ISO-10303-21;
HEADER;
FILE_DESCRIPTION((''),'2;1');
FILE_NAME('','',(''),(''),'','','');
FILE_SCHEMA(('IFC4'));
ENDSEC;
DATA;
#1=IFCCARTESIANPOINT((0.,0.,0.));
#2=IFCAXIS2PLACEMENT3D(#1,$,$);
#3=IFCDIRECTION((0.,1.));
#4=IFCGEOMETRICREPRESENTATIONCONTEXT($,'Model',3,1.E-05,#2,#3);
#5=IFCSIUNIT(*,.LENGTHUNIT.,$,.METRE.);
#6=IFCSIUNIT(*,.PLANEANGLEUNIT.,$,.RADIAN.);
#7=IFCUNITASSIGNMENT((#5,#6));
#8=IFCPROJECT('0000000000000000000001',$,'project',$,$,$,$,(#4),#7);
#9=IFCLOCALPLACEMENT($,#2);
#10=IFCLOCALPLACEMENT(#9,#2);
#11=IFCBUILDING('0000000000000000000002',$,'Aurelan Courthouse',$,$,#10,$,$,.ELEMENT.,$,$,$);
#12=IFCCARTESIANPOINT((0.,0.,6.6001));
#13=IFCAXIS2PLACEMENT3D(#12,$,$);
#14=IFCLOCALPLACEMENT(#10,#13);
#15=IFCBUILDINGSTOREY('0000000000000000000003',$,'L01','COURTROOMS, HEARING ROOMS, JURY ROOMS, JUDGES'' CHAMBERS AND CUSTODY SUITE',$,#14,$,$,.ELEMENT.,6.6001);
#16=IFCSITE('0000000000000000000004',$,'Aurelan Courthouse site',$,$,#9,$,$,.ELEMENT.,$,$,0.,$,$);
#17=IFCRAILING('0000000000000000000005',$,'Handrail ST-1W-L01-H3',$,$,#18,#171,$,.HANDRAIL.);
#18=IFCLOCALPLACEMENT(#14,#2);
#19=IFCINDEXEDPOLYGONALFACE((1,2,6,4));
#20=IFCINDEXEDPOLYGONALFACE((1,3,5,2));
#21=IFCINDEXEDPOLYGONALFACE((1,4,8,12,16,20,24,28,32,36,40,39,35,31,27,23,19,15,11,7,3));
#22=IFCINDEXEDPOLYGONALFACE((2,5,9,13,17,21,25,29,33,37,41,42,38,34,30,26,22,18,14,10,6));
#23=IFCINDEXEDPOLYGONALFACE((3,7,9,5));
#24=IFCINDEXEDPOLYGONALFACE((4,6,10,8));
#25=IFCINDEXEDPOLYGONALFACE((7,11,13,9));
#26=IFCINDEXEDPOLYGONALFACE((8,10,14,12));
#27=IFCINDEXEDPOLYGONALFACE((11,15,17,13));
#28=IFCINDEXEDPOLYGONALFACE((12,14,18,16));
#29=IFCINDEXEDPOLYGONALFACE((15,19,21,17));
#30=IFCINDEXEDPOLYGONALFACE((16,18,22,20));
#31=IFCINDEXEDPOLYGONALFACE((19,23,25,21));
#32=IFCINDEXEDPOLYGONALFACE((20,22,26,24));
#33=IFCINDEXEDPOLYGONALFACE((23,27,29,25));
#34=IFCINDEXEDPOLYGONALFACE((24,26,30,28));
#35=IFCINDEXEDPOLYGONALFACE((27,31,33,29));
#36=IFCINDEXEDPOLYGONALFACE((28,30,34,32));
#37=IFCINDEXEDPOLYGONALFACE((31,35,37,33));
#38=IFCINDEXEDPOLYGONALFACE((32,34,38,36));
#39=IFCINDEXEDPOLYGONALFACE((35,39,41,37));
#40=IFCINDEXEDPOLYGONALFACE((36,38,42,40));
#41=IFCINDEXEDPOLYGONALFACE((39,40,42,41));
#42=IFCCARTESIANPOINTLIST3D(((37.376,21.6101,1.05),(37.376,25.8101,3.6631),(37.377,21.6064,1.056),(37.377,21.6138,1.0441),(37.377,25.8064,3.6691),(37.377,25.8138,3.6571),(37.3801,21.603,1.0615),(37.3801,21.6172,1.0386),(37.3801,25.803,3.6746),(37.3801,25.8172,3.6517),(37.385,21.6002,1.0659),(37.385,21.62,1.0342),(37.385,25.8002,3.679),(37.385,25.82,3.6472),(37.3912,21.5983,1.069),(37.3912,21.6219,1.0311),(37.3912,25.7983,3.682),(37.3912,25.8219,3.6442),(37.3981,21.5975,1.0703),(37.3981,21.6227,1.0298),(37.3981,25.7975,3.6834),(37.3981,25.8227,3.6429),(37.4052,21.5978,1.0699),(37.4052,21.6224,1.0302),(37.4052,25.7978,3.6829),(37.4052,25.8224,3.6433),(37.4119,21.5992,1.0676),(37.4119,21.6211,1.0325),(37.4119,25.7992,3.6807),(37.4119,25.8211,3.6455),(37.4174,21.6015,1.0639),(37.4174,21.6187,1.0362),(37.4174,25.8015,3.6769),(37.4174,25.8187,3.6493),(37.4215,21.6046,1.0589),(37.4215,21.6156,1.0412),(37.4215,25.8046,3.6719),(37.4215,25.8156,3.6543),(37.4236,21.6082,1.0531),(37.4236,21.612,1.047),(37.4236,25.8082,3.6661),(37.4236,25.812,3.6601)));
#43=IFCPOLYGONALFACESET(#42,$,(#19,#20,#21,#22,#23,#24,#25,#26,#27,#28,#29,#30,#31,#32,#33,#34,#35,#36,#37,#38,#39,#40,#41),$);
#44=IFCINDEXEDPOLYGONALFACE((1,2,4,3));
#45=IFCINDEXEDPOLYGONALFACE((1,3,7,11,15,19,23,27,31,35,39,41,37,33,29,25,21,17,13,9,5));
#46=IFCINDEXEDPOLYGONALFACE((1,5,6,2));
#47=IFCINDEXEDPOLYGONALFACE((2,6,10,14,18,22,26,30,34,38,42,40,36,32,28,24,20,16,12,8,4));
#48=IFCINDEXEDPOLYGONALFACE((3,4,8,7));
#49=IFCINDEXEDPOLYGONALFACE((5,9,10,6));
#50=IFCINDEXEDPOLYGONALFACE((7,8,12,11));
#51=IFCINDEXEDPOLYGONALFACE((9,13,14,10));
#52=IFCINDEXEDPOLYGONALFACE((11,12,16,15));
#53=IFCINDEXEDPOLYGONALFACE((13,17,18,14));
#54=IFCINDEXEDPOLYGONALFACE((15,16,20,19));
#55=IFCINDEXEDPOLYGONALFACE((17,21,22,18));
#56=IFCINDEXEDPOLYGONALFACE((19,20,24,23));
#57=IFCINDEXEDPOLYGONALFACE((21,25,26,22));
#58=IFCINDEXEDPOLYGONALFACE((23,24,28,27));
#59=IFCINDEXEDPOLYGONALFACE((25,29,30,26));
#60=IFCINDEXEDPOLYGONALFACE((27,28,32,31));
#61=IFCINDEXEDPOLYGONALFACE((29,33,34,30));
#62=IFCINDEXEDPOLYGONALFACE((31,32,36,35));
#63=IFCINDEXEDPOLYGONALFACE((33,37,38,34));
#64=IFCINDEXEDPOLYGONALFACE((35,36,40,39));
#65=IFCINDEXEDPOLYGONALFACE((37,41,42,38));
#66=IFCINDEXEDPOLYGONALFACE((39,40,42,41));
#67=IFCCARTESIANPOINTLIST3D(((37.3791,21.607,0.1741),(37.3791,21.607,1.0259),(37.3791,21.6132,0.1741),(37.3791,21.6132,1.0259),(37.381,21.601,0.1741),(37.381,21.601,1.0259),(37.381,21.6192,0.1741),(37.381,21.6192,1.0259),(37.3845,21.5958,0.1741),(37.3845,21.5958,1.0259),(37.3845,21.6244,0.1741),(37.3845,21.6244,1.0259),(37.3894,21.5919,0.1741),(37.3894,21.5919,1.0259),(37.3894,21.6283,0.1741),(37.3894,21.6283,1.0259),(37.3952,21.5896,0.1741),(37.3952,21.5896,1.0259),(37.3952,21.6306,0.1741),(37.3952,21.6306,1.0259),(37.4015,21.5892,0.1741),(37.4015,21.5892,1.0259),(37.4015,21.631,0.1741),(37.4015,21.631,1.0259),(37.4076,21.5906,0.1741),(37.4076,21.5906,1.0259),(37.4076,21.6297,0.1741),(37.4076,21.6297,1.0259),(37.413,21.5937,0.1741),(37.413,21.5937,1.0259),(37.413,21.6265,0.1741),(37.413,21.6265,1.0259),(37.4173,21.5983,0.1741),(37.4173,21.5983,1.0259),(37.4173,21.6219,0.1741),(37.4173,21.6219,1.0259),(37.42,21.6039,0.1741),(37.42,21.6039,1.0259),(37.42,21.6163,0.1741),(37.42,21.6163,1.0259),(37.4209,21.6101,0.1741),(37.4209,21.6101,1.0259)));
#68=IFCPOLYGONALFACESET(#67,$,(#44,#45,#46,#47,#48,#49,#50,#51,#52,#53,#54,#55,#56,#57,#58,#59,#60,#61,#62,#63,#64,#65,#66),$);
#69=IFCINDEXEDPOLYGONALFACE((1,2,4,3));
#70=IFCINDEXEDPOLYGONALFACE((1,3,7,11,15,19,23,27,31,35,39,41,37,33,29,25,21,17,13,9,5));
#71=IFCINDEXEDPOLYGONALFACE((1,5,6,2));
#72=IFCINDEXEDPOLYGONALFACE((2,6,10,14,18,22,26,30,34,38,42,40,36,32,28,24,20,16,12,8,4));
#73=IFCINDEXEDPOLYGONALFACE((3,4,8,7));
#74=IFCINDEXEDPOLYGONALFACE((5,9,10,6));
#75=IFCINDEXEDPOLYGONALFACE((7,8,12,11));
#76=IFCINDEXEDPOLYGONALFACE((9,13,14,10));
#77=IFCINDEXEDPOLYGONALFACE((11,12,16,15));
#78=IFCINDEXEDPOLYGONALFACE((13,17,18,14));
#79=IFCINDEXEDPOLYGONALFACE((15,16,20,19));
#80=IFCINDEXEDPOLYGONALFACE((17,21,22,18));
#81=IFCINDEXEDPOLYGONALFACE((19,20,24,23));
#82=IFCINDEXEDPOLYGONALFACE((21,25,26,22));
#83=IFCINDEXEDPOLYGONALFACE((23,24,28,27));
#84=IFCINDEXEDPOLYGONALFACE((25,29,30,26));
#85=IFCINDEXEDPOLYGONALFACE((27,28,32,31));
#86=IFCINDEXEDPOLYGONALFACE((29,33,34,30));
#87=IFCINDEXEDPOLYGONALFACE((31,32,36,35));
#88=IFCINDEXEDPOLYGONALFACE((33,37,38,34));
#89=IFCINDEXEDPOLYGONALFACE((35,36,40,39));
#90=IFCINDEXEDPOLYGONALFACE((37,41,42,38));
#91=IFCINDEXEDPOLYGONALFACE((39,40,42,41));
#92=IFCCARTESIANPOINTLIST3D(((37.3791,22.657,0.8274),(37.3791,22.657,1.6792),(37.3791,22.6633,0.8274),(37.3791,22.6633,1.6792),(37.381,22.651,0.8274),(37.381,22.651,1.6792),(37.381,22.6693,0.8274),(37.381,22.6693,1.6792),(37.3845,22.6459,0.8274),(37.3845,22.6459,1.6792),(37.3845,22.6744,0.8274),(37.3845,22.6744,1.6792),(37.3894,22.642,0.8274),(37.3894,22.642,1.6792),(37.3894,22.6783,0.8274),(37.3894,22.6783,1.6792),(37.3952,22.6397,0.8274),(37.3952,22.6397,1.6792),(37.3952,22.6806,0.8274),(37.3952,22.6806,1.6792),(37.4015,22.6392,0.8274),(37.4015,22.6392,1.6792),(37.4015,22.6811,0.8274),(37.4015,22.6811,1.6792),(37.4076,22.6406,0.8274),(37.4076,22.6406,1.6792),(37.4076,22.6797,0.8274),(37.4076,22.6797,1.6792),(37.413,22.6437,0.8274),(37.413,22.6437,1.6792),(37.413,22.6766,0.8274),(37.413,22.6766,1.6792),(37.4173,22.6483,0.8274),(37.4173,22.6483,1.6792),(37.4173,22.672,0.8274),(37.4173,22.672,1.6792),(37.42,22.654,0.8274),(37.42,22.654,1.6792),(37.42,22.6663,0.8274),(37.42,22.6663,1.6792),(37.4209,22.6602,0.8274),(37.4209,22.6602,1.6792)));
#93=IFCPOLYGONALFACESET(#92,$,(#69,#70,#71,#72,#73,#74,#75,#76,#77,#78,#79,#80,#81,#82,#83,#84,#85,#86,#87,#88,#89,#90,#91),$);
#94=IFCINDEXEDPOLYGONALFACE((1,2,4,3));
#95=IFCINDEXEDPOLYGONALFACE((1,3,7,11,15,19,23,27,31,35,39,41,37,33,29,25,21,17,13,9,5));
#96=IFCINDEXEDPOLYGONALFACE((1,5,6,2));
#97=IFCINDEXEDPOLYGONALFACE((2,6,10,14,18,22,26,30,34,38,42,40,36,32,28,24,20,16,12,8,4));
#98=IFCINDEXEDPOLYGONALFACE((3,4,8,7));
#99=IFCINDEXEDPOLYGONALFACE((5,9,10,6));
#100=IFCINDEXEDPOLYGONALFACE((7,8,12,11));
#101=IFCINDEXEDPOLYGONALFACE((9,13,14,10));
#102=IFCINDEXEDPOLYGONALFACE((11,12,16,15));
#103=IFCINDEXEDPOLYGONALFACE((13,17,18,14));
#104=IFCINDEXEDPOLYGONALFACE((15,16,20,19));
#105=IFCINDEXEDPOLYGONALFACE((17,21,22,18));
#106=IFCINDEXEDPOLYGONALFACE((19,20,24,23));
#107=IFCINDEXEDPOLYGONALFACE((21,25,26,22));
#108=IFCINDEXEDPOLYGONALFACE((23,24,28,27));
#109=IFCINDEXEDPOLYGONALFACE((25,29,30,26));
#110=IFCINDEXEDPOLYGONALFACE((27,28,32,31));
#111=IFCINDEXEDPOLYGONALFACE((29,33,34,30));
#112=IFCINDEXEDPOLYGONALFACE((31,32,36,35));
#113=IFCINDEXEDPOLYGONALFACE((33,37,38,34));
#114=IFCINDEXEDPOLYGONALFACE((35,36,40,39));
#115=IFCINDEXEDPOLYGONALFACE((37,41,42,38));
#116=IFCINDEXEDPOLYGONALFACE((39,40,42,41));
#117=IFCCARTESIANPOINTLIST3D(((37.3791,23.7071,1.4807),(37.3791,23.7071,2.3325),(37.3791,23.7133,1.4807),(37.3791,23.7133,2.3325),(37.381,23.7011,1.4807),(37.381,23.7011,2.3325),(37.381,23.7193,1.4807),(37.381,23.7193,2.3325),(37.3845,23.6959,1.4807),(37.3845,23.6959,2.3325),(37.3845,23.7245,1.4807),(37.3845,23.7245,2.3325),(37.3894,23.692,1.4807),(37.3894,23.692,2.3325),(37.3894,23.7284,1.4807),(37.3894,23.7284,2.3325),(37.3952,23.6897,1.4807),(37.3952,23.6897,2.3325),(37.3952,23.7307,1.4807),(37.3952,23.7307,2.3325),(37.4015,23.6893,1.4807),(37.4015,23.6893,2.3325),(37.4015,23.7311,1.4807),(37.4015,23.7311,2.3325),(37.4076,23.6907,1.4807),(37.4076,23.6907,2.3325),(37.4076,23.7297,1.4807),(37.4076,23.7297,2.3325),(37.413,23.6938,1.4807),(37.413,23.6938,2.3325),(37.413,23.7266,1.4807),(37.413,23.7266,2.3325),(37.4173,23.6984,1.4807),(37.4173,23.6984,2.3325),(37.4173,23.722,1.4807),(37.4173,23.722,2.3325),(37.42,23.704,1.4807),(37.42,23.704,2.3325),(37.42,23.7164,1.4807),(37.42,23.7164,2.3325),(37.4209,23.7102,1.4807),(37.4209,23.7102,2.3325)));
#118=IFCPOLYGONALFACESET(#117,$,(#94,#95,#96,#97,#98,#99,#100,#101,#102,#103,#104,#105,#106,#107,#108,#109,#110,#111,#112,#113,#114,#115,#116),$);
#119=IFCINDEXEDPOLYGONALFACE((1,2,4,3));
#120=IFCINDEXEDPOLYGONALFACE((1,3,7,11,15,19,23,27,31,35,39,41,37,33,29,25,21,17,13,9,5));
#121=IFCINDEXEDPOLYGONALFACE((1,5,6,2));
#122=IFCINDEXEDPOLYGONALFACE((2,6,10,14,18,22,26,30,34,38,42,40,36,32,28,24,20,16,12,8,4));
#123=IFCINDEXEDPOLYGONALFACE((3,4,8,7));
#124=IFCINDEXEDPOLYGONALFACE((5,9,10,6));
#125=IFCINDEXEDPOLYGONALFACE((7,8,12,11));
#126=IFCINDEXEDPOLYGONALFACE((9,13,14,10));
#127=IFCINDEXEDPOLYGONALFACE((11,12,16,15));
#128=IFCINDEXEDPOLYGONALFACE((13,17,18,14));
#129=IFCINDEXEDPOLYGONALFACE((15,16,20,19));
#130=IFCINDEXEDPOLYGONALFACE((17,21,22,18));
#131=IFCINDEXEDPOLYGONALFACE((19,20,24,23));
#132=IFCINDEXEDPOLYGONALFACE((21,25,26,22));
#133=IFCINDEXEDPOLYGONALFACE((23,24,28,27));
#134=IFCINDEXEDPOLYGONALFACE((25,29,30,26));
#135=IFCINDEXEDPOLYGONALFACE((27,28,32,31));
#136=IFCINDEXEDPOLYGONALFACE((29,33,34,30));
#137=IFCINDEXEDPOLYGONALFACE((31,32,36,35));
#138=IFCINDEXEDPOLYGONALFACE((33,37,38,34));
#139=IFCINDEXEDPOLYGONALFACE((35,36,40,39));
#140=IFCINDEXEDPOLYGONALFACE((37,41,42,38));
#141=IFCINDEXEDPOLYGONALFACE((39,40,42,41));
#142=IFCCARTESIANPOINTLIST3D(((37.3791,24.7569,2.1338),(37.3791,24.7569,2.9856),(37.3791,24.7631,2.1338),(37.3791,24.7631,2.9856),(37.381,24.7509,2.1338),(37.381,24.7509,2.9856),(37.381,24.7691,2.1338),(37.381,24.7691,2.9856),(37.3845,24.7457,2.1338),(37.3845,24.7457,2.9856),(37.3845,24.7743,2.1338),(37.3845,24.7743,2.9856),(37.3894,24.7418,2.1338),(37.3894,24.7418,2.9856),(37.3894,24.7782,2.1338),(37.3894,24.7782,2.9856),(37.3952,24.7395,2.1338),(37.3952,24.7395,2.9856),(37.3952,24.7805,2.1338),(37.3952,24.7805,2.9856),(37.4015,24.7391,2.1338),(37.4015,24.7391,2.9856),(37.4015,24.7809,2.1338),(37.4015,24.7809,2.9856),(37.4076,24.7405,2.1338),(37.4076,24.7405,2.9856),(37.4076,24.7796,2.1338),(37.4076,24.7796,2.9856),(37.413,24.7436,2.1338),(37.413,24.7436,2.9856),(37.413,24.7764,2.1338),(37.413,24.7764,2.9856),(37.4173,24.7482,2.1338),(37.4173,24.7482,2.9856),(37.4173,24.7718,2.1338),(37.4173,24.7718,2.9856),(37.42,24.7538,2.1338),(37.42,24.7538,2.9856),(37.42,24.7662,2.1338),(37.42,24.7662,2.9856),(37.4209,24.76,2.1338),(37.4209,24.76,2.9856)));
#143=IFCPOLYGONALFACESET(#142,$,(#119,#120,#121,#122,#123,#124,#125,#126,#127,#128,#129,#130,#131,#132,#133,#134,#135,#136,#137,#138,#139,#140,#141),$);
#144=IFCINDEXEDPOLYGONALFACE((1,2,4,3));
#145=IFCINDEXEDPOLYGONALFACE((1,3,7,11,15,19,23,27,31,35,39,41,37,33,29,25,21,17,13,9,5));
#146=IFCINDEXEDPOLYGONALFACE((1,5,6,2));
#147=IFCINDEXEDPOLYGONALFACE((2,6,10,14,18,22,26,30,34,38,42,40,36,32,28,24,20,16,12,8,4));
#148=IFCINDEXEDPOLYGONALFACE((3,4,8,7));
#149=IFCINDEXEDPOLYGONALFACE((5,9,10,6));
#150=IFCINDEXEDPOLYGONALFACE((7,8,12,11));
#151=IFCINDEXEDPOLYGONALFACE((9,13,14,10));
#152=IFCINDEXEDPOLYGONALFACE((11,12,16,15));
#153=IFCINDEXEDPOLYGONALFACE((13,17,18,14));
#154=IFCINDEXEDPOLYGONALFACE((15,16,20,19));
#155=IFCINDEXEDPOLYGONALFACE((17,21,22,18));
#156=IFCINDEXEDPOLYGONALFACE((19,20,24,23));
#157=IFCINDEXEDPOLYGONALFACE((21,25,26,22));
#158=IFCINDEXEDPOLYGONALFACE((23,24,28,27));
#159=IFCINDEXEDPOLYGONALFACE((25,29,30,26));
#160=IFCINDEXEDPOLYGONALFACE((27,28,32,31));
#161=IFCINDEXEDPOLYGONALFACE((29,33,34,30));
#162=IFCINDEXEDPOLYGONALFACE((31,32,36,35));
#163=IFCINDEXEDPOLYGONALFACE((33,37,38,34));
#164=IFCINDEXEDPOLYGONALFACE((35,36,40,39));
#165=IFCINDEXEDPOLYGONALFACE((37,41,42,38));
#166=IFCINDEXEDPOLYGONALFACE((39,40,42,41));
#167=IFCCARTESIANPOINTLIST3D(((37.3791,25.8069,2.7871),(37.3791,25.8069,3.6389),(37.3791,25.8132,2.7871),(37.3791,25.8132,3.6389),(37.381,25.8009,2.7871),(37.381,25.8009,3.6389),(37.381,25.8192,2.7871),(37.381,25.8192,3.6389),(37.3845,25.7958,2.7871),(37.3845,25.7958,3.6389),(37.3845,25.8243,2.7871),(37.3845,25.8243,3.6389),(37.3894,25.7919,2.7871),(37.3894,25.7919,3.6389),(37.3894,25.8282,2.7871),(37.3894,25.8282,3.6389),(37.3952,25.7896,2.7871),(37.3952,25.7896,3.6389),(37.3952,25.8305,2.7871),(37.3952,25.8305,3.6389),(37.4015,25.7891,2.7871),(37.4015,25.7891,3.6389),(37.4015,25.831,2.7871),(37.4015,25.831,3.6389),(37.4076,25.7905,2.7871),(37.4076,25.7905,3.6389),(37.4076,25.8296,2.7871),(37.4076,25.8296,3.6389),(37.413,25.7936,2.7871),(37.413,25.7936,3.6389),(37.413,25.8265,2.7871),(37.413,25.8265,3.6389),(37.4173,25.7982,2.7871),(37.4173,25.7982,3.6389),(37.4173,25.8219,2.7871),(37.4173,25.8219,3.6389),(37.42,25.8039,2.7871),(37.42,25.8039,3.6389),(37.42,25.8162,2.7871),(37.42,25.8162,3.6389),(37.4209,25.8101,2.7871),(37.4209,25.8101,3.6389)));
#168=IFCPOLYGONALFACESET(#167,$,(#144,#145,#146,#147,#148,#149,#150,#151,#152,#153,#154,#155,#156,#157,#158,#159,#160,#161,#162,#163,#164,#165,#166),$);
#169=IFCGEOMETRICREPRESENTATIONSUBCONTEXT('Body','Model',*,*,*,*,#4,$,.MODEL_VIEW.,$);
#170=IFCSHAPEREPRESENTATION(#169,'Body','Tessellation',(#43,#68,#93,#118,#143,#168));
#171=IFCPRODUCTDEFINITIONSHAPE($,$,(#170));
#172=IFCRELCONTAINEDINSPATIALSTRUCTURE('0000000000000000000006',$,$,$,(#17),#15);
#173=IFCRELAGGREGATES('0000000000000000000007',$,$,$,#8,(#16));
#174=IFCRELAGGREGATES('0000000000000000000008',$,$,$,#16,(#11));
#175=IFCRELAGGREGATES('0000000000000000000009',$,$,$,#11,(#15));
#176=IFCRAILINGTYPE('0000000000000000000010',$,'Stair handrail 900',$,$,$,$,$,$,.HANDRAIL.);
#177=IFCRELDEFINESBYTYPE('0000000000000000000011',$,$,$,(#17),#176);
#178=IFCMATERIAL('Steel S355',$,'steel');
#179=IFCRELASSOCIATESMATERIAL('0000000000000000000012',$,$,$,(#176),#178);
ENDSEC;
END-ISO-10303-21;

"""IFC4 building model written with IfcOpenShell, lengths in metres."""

from ifc_helpers import new_model, si_unit, direction, frame, origin, origin_2d, place, context, subcontext, project, spatial, circle, extrude, material, type_object, element, save


model = new_model("IFC4")

# Units and contexts
model_context = context("Model", 3, precision=1e-05, world=origin(), true_north=direction((0.0, 1.0)))
body_context = subcontext(model_context, "Body", "Model", "MODEL_VIEW")
ifc_project = project(units=[si_unit("LENGTHUNIT", "METRE"), si_unit("PLANEANGLEUNIT", "RADIAN")], contexts=[model_context])

# Site, building, storey
site_placement = place(None, origin())
site = spatial("IfcSite", under=ifc_project, at=site_placement, Name="Aurelan Courthouse site", CompositionType="ELEMENT", RefElevation=0.0)
building_placement = place(site_placement, origin())
building = spatial("IfcBuilding", under=site, at=building_placement, Name="Aurelan Courthouse", CompositionType="ELEMENT")
storey_placement = place(building_placement, frame((0.0, 0.0, 6.6001)))
storey = spatial("IfcBuildingStorey", under=building, at=storey_placement, Name="L01", Description="COURTROOMS, HEARING ROOMS, JURY ROOMS, JUDGES' CHAMBERS AND CUSTODY SUITE", CompositionType="ELEMENT", Elevation=6.6001)

# Railing
ifc_material_1 = material(Name="Steel S355", Category="steel")
railing_type_1 = type_object("IfcRailingType", Name="Stair handrail 900", PredefinedType="HANDRAIL", material=ifc_material_1)
for number, where, name in (
    (1, (37.3999, 21.6101, 0.1741), "Handrail ST-1W-L01-H3"),
):
    element("IfcRailing", number, at=place(storey_placement, frame(where)), inside=storey, type_object=railing_type_1, Name=name, PredefinedType="HANDRAIL", context=body_context, shape_type="SweptSolid", body=[
        extrude(circle(Radius=0.0239, at=origin_2d()), frame((0.0, 0.0, 0.876), z_axis=(0.0, 0.849081, 0.528263), x_axis=(-1.0, 0.0, 0.0)), (0.0, 0.0, 1.0), 4.9465),
        extrude(circle(Radius=0.021, at=origin_2d()), origin(), (0.0, 0.0, 1.0), 0.8518),
        extrude(circle(Radius=0.021, at=origin_2d()), frame((0.0, 1.05, 0.6533)), (0.0, 0.0, 1.0), 0.8518),
        extrude(circle(Radius=0.021, at=origin_2d()), frame((0.0, 2.1001, 1.3066)), (0.0, 0.0, 1.0), 0.8518),
        extrude(circle(Radius=0.021, at=origin_2d()), frame((0.0, 3.1499, 1.9597)), (0.0, 0.0, 1.0), 0.8518),
        extrude(circle(Radius=0.021, at=origin_2d()), frame((0.0, 4.2, 2.613)), (0.0, 0.0, 1.0), 0.8518),
    ])

save(model, "model.ifc")
